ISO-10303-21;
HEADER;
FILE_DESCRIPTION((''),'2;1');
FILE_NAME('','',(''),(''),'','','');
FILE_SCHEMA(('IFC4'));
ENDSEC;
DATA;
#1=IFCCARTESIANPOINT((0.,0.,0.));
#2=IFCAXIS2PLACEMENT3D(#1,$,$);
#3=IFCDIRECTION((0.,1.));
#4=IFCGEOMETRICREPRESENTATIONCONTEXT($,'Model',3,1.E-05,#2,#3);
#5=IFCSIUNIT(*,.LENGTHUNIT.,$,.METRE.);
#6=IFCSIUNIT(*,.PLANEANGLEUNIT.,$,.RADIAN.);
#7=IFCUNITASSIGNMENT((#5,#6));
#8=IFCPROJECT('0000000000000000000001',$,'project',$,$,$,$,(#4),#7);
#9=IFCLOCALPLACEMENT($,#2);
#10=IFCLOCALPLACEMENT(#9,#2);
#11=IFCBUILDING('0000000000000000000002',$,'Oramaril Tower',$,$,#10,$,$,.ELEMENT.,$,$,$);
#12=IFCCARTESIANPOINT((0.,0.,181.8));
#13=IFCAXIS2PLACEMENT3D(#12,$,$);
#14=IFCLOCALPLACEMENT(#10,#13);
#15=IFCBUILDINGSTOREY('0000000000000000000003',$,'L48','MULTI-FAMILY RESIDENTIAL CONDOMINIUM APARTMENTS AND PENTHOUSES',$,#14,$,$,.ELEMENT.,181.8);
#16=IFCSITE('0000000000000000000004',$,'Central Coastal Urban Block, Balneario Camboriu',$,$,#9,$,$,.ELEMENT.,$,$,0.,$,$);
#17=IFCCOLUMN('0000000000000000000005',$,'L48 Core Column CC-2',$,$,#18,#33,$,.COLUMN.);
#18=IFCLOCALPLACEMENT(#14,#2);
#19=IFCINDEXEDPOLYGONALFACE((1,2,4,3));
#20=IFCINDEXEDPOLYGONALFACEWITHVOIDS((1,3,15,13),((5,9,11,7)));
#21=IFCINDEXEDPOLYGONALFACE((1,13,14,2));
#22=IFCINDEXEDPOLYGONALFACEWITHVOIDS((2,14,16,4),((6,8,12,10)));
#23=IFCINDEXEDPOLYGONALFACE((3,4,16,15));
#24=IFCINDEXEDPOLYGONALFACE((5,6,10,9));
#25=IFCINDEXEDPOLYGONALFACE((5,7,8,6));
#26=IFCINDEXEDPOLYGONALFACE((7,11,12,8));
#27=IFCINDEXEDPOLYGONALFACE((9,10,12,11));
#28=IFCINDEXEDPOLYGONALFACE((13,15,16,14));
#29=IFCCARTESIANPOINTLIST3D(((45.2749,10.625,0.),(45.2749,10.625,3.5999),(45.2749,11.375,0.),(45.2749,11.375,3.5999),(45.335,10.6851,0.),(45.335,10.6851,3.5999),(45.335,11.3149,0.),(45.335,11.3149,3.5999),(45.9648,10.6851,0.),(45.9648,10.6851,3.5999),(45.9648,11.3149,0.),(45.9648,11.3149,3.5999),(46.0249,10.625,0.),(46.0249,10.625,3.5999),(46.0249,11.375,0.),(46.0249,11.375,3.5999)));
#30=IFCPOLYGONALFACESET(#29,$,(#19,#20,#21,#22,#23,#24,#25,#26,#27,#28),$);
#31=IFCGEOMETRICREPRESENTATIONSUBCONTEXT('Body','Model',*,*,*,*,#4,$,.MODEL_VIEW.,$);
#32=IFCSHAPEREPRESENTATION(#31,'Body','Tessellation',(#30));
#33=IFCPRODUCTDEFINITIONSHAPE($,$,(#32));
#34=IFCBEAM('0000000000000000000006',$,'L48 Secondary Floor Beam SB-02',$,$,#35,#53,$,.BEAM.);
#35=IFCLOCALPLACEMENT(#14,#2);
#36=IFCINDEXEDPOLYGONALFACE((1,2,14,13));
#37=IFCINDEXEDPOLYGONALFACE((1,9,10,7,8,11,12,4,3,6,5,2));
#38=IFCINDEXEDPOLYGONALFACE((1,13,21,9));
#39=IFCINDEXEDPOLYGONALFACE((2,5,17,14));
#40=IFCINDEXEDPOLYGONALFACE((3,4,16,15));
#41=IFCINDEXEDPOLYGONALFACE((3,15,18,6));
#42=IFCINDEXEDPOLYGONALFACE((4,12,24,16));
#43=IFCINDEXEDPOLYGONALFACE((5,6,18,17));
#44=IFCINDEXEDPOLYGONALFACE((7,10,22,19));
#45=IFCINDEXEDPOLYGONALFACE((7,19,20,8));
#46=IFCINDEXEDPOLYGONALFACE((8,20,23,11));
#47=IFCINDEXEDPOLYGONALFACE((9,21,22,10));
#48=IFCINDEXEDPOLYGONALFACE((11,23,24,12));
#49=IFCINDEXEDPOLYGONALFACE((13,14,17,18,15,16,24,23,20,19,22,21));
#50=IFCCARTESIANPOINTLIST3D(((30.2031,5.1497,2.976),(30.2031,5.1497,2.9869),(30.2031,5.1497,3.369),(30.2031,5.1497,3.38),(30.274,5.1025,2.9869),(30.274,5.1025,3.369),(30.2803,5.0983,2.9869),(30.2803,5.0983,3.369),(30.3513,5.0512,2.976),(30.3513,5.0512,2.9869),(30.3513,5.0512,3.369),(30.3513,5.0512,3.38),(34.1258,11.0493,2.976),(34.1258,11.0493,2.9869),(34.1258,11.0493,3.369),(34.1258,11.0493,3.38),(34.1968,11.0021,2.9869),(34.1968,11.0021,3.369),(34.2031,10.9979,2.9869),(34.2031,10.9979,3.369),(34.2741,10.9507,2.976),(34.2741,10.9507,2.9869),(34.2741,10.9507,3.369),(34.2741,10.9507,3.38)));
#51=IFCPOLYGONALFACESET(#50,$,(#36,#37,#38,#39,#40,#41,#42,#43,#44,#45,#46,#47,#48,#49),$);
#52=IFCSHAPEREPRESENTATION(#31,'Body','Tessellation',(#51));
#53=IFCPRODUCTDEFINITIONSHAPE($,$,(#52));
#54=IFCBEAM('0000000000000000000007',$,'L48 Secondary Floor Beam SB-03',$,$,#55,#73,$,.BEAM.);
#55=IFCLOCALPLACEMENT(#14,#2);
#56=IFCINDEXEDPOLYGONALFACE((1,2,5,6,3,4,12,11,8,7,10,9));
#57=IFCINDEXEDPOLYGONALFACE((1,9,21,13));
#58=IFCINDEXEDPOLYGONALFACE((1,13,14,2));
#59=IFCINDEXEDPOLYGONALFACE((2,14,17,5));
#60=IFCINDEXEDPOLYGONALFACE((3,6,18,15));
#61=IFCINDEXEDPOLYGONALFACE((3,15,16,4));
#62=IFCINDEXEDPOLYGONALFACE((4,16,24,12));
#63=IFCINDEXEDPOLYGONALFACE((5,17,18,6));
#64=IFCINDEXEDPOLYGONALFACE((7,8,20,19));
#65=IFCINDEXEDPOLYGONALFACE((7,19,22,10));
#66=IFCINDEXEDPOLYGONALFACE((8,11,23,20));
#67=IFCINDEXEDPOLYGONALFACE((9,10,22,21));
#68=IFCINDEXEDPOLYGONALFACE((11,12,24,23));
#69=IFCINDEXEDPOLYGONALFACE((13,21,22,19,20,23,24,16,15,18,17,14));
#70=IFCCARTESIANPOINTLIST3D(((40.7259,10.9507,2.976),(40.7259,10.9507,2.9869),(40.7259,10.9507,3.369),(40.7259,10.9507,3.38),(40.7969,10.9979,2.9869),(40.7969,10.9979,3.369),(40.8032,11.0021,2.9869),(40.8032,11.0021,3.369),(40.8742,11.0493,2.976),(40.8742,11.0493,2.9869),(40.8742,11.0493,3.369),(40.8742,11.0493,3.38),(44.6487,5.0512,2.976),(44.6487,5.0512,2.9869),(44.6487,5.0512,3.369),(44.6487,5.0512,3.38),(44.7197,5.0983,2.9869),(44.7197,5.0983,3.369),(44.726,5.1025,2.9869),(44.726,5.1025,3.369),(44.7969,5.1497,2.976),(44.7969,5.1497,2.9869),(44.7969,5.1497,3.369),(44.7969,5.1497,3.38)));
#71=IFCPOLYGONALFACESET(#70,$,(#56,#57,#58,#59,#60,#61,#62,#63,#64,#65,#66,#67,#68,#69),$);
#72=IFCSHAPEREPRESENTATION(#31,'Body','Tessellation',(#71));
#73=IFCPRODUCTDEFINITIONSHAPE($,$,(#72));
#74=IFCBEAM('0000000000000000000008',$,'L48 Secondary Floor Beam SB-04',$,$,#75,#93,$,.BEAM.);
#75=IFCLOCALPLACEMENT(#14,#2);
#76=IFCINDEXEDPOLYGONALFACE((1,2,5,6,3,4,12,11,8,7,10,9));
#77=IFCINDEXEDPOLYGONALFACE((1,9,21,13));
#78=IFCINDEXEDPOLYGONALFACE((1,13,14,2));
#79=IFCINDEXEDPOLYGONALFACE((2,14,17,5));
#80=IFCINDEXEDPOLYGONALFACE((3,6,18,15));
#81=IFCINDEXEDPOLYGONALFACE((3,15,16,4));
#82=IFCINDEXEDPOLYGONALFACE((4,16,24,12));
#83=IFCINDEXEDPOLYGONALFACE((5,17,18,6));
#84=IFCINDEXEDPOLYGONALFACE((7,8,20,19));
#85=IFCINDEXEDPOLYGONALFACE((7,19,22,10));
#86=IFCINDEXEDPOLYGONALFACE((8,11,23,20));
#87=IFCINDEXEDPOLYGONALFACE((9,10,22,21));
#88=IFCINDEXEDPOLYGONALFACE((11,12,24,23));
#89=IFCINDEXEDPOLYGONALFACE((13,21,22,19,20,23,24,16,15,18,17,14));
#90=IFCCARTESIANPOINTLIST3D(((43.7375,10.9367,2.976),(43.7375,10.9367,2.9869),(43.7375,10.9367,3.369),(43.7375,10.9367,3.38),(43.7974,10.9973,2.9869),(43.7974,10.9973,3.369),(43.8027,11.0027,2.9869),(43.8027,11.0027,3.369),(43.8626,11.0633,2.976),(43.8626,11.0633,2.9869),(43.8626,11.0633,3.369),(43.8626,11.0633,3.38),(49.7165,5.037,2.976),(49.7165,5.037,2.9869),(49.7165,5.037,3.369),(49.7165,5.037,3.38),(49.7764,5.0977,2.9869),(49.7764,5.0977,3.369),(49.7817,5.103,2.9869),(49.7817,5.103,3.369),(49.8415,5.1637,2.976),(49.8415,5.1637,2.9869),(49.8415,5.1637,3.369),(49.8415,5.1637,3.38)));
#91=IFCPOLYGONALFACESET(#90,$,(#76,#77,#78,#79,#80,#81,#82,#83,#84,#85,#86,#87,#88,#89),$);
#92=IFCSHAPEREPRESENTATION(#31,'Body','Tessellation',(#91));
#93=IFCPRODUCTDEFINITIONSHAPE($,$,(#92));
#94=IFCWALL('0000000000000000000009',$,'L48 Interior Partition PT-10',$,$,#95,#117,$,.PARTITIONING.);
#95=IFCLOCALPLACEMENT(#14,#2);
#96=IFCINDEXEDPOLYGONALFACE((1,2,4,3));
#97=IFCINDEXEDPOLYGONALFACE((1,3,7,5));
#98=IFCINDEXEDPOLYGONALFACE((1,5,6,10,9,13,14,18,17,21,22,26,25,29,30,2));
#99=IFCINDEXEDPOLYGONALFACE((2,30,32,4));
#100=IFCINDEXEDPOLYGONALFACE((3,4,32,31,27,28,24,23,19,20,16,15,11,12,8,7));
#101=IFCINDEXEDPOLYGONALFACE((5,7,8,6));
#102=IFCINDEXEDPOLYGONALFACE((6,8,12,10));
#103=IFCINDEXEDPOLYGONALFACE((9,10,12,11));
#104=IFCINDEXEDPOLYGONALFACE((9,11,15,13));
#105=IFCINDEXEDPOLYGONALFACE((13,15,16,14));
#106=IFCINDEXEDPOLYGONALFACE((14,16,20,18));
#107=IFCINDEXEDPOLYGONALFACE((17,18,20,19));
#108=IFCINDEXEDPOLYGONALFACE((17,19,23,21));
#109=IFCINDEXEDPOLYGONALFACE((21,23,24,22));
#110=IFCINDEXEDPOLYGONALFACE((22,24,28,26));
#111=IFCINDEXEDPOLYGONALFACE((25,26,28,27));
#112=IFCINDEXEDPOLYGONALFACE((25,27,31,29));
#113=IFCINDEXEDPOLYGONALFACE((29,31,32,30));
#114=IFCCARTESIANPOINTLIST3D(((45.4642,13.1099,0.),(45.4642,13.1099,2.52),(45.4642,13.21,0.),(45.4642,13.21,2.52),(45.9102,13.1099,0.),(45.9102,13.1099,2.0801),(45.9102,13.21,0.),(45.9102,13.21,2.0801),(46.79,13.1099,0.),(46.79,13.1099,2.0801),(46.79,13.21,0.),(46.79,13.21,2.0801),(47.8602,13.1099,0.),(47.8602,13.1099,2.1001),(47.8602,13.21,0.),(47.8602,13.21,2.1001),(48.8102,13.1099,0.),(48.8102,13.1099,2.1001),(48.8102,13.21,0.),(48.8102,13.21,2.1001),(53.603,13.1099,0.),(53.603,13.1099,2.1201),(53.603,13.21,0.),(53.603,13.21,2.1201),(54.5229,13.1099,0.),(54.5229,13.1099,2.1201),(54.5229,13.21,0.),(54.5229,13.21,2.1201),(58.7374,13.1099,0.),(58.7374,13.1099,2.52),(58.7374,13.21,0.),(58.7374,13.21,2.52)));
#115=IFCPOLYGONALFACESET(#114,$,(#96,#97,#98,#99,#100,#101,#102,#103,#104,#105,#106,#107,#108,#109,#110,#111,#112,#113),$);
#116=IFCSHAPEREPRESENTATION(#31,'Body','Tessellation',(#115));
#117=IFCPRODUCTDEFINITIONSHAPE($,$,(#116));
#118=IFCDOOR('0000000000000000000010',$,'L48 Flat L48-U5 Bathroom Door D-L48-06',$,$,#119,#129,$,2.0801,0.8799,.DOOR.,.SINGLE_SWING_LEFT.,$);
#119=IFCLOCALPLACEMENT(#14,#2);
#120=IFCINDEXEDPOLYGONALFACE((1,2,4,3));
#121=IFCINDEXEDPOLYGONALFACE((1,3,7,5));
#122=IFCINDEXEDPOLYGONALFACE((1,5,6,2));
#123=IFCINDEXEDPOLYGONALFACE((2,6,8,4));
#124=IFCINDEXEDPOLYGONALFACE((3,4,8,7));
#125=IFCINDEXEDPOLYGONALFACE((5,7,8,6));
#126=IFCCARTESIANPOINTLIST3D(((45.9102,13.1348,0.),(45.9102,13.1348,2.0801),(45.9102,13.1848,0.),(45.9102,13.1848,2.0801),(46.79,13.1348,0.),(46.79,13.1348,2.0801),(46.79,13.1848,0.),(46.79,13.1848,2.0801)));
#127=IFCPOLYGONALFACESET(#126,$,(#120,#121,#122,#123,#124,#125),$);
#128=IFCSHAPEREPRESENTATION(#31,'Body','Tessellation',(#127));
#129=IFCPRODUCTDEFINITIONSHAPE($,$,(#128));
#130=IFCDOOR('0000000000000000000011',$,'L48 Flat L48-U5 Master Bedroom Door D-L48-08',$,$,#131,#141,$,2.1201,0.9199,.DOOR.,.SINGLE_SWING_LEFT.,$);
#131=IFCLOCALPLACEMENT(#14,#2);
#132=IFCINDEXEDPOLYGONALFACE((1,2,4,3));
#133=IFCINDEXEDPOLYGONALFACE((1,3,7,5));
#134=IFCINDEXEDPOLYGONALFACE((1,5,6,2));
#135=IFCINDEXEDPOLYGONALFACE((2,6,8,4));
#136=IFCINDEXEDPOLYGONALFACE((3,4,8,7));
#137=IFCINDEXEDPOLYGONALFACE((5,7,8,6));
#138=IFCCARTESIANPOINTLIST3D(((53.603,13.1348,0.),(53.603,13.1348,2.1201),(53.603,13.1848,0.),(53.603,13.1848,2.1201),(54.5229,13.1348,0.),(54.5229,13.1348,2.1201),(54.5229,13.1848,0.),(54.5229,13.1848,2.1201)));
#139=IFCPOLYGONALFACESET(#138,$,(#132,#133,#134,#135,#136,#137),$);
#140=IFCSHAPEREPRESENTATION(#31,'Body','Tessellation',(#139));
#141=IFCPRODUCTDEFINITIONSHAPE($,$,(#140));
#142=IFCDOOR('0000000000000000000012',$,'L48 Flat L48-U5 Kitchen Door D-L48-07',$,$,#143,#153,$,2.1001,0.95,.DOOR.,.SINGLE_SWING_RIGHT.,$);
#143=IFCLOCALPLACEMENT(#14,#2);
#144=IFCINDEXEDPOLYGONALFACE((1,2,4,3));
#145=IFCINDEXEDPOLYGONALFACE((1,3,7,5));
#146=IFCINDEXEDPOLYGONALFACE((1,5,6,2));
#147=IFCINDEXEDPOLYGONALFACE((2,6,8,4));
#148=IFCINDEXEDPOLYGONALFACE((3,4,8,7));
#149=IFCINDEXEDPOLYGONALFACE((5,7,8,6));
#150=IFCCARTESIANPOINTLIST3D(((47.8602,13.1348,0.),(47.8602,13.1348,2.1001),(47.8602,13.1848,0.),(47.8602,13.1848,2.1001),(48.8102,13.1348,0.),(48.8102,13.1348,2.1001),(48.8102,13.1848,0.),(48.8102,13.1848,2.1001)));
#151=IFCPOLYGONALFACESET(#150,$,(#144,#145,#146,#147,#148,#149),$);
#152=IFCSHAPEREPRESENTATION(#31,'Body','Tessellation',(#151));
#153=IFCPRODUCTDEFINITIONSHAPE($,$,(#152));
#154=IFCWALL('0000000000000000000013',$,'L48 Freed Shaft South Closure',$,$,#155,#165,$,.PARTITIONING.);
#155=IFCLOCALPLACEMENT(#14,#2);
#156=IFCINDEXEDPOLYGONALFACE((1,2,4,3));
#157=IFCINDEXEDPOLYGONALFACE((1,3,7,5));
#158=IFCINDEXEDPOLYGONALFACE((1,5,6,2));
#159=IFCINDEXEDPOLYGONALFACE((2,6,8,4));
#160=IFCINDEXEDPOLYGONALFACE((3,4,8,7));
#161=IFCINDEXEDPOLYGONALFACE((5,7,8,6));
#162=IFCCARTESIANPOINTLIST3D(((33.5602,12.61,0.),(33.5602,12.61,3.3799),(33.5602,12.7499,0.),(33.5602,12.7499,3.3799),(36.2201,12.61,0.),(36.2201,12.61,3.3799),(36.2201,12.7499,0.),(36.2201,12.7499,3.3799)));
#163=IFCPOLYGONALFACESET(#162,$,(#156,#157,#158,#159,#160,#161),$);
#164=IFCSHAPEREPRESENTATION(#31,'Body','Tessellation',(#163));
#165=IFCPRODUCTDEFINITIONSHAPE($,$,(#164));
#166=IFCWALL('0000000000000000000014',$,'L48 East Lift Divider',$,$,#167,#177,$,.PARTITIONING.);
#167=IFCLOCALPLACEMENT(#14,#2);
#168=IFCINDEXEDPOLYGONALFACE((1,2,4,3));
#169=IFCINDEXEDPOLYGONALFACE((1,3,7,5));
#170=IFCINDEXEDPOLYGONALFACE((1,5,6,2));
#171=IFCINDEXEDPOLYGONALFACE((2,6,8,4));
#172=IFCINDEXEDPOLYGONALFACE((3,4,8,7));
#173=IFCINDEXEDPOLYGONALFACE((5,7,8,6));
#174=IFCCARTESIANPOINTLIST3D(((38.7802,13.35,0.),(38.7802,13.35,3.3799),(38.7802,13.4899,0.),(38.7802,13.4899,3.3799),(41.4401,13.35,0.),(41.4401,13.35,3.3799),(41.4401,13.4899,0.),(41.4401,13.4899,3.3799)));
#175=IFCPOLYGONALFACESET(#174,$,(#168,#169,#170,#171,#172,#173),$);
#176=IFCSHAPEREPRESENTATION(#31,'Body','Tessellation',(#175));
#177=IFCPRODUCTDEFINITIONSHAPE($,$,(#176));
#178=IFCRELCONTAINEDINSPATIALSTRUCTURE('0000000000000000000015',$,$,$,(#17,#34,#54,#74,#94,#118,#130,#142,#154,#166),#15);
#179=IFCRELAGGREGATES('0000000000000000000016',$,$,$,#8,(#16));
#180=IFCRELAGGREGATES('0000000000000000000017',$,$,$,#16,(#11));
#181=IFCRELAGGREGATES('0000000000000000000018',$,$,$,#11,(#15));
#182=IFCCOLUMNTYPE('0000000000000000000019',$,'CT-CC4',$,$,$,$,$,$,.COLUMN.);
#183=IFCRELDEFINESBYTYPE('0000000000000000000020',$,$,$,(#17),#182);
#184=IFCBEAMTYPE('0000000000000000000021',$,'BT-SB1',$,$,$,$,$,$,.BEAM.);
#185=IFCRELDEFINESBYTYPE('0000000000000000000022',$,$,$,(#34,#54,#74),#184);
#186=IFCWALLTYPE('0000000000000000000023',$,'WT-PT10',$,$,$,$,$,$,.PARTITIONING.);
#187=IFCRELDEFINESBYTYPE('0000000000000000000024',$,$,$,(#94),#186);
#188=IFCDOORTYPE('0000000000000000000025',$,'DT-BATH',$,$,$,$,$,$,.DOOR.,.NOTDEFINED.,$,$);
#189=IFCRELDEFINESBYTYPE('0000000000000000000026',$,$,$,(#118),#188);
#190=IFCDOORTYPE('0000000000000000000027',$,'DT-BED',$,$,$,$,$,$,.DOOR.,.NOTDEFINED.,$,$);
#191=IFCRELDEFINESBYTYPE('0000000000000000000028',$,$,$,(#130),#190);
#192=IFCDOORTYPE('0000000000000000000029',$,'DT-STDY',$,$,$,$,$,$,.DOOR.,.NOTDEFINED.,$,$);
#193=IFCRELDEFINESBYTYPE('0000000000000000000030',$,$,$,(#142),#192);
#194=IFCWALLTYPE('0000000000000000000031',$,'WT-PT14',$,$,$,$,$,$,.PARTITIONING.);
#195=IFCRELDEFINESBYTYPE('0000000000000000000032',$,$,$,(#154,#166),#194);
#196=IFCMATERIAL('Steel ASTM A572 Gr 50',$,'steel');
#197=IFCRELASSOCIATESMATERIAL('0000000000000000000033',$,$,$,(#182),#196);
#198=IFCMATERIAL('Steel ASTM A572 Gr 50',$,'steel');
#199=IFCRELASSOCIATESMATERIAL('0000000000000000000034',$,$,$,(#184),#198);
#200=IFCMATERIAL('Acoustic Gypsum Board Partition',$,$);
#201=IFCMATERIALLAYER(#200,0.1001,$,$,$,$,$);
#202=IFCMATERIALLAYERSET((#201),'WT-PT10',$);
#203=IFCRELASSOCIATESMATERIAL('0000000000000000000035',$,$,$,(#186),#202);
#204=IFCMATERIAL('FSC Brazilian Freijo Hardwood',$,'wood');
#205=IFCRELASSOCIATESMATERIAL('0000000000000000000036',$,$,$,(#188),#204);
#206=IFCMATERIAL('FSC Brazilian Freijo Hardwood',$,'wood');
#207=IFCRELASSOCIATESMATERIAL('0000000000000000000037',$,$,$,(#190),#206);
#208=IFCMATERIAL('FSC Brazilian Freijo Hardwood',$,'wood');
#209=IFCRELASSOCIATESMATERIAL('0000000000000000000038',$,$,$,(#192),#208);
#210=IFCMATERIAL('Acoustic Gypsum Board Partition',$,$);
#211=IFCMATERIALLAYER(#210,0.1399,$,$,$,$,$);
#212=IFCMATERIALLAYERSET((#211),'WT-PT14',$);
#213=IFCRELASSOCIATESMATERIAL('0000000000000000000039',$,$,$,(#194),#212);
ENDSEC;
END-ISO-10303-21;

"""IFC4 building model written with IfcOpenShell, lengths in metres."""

from ifc_helpers import new_model, si_unit, direction, frame, frame_2d, origin, origin_2d, place, context, subcontext, project, spatial, rectangle, hollow_rectangle, i_section, extrude, material, layer, layer_set, material_profile, profile_set, type_object, element, fill, save


model = new_model("IFC4")

# Units and contexts
model_context = context("Model", 3, precision=1e-05, world=origin(), true_north=direction((0.0, 1.0)))
body_context = subcontext(model_context, "Body", "Model", "MODEL_VIEW")
ifc_project = project(units=[si_unit("LENGTHUNIT", "METRE"), si_unit("PLANEANGLEUNIT", "RADIAN")], contexts=[model_context])

# Site, building, storey
site_placement = place(None, origin())
site = spatial("IfcSite", under=ifc_project, at=site_placement, Name="Central Coastal Urban Block, Balneario Camboriu", CompositionType="ELEMENT", RefElevation=0.0)
building_placement = place(site_placement, origin())
building = spatial("IfcBuilding", under=site, at=building_placement, Name="Oramaril Tower", CompositionType="ELEMENT")
storey_placement = place(building_placement, frame((0.0, 0.0, 181.8)))
storey = spatial("IfcBuildingStorey", under=building, at=storey_placement, Name="L48", Description="MULTI-FAMILY RESIDENTIAL CONDOMINIUM APARTMENTS AND PENTHOUSES", CompositionType="ELEMENT", Elevation=181.8)

# Column
ifc_material_1 = material(Name="Steel ASTM A572 Gr 50", Category="steel")
ifc_material_profile_1 = material_profile(ifc_material_1, hollow_rectangle(XDim=0.75, YDim=0.75, WallThickness=0.0601, at=origin_2d()), Name="BOX750X750X60")
ifc_profile_set_1 = profile_set([ifc_material_profile_1], Name="Steel ASTM A572 Gr 50")
column_type = type_object("IfcColumnType", Name="CT-CC4", PredefinedType="COLUMN", material=ifc_profile_set_1)
column_placement = place(storey_placement, frame((45.6499, 11.0, 0.0), z_axis=(0.0, 0.0, 1.0), x_axis=(1.0, 0.0, 0.0)))
element("IfcColumn", 1, at=column_placement, inside=storey, type_object=column_type, Name="L48 Core Column CC-2", PredefinedType="COLUMN", context=body_context, shape_type="SweptSolid", body=[
    extrude(hollow_rectangle(XDim=0.75, YDim=0.75, WallThickness=0.0601, at=origin_2d()), origin(), (0.0, 0.0, 1.0), 3.5999),
])

# Beams
ifc_material_2 = material(Name="Steel ASTM A572 Gr 50", Category="steel")
ifc_material_profile_2 = material_profile(ifc_material_2, i_section(OverallWidth=0.178, OverallDepth=0.4041, WebThickness=0.0076, FlangeThickness=0.011, at=origin_2d()), Name="W16X36")
ifc_profile_set_2 = profile_set([ifc_material_profile_2], Name="Steel ASTM A572 Gr 50")
beam_type = type_object("IfcBeamType", Name="BT-SB1", PredefinedType="BEAM", material=ifc_profile_set_2)
for number, where, z_axis, x_axis, name in (
    (2, (34.2, 11.0, 3.178), (-0.553698, -0.832718, 0.0), (0.832718, -0.553698, 0.0), "L48 Secondary Floor Beam SB-02"),
    (3, (40.8, 11.0, 3.178), (0.553698, -0.832718, 0.0), (0.832718, 0.553698, 0.0), "L48 Secondary Floor Beam SB-03"),
):
    element("IfcBeam", number, at=place(storey_placement, frame(where, z_axis=z_axis, x_axis=x_axis)), inside=storey, type_object=beam_type, Name=name, PredefinedType="BEAM", context=body_context, shape_type="SweptSolid", body=[
        extrude(i_section(OverallWidth=0.178, OverallDepth=0.4041, WebThickness=0.0076, FlangeThickness=0.011, at=origin_2d()), origin(), (0.0, 0.0, 1.0), 7.0847),
    ])
beam_placement = place(storey_placement, frame((43.8, 11.0, 3.178), z_axis=(0.711814, -0.702368, 0.0), x_axis=(0.702368, 0.711814, 0.0)))
element("IfcBeam", 4, at=beam_placement, inside=storey, type_object=beam_type, Name="L48 Secondary Floor Beam SB-04", PredefinedType="BEAM", context=body_context, shape_type="SweptSolid", body=[
    extrude(i_section(OverallWidth=0.178, OverallDepth=0.4041, WebThickness=0.0076, FlangeThickness=0.011, at=origin_2d()), origin(), (0.0, 0.0, 1.0), 8.3997),
])

# Wall, openings, doors
ifc_material_3 = material(Name="Acoustic Gypsum Board Partition")
ifc_layer_1 = layer(ifc_material_3, 0.1001)
ifc_layer_set_1 = layer_set([ifc_layer_1], Name="WT-PT10")
wall_type_1 = type_object("IfcWallType", Name="WT-PT10", PredefinedType="PARTITIONING", material=ifc_layer_set_1)
wall_1_placement = place(storey_placement, frame((45.4641, 13.1599, 0.0), z_axis=(0.0, 0.0, 1.0), x_axis=(1.0, 0.0, 0.0)))
wall_1 = element("IfcWall", 5, at=wall_1_placement, inside=storey, type_object=wall_type_1, Name="L48 Interior Partition PT-10", PredefinedType="PARTITIONING", context=body_context, shape_type="SweptSolid", body=[
    extrude(rectangle(XDim=13.2732, YDim=0.1001, at=frame_2d((6.6367, 0.0))), origin(), (0.0, 0.0, 1.0), 2.52),
])
opening_1_placement = place(wall_1_placement, frame((0.446, 0.0, 0.0)))
opening_1 = element("IfcOpeningElement", 6, at=opening_1_placement, cuts=wall_1, PredefinedType="OPENING", context=body_context, shape_type="SweptSolid", body=[
    extrude(rectangle(XDim=0.8799, YDim=2.0801, at=frame_2d((0.4399, 1.04))), frame((0.0, 0.05, 0.0), z_axis=(0.0, -1.0, 0.0), x_axis=(1.0, 0.0, 0.0)), (0.0, 0.0, 1.0), 0.1001),
])
opening_2_placement = place(wall_1_placement, frame((2.396, 0.0, 0.0)))
opening_2 = element("IfcOpeningElement", 7, at=opening_2_placement, cuts=wall_1, PredefinedType="OPENING", context=body_context, shape_type="SweptSolid", body=[
    extrude(rectangle(XDim=0.95, YDim=2.1001, at=frame_2d((0.4751, 1.05))), frame((0.0, 0.05, 0.0), z_axis=(0.0, -1.0, 0.0), x_axis=(1.0, 0.0, 0.0)), (0.0, 0.0, 1.0), 0.1001),
])
opening_3_placement = place(wall_1_placement, frame((8.1389, 0.0, 0.0)))
opening_3 = element("IfcOpeningElement", 8, at=opening_3_placement, cuts=wall_1, PredefinedType="OPENING", context=body_context, shape_type="SweptSolid", body=[
    extrude(rectangle(XDim=0.9199, YDim=2.1201, at=frame_2d((0.46, 1.0601))), frame((0.0, 0.05, 0.0), z_axis=(0.0, -1.0, 0.0), x_axis=(1.0, 0.0, 0.0)), (0.0, 0.0, 1.0), 0.1001),
])
ifc_material_4 = material(Name="FSC Brazilian Freijo Hardwood", Category="wood")
door_type_1 = type_object("IfcDoorType", Name="DT-BATH", OperationType="NOTDEFINED", PredefinedType="DOOR", material=ifc_material_4)
door_1_placement = place(opening_1_placement, origin())
door_1 = element("IfcDoor", 9, at=door_1_placement, inside=storey, type_object=door_type_1, Name="L48 Flat L48-U5 Bathroom Door D-L48-06", OperationType="SINGLE_SWING_LEFT", OverallHeight=2.0801, OverallWidth=0.8799, PredefinedType="DOOR", context=body_context, shape_type="SweptSolid", body=[
    extrude(rectangle(XDim=0.8799, YDim=2.0801, at=frame_2d((0.4399, 1.04))), frame((0.0, 0.0249, 0.0), z_axis=(0.0, -1.0, 0.0), x_axis=(1.0, 0.0, 0.0)), (0.0, 0.0, 1.0), 0.05),
])
fill(opening_1, door_1)
ifc_material_5 = material(Name="FSC Brazilian Freijo Hardwood", Category="wood")
door_type_2 = type_object("IfcDoorType", Name="DT-BED", OperationType="NOTDEFINED", PredefinedType="DOOR", material=ifc_material_5)
door_2_placement = place(opening_3_placement, origin())
door_2 = element("IfcDoor", 10, at=door_2_placement, inside=storey, type_object=door_type_2, Name="L48 Flat L48-U5 Master Bedroom Door D-L48-08", OperationType="SINGLE_SWING_LEFT", OverallHeight=2.1201, OverallWidth=0.9199, PredefinedType="DOOR", context=body_context, shape_type="SweptSolid", body=[
    extrude(rectangle(XDim=0.9199, YDim=2.1201, at=frame_2d((0.46, 1.0601))), frame((0.0, 0.0249, 0.0), z_axis=(0.0, -1.0, 0.0), x_axis=(1.0, 0.0, 0.0)), (0.0, 0.0, 1.0), 0.05),
])
fill(opening_3, door_2)
ifc_material_6 = material(Name="FSC Brazilian Freijo Hardwood", Category="wood")
door_type_3 = type_object("IfcDoorType", Name="DT-STDY", OperationType="NOTDEFINED", PredefinedType="DOOR", material=ifc_material_6)
door_3_placement = place(opening_2_placement, origin())
door_3 = element("IfcDoor", 11, at=door_3_placement, inside=storey, type_object=door_type_3, Name="L48 Flat L48-U5 Kitchen Door D-L48-07", OperationType="SINGLE_SWING_RIGHT", OverallHeight=2.1001, OverallWidth=0.95, PredefinedType="DOOR", context=body_context, shape_type="SweptSolid", body=[
    extrude(rectangle(XDim=0.95, YDim=2.1001, at=frame_2d((0.4751, 1.05))), frame((0.0, 0.0249, 0.0), z_axis=(0.0, -1.0, 0.0), x_axis=(1.0, 0.0, 0.0)), (0.0, 0.0, 1.0), 0.05),
])
fill(opening_2, door_3)

# Walls
ifc_material_7 = material(Name="Acoustic Gypsum Board Partition")
ifc_layer_2 = layer(ifc_material_7, 0.1399)
ifc_layer_set_2 = layer_set([ifc_layer_2], Name="WT-PT14")
wall_type_2 = type_object("IfcWallType", Name="WT-PT14", PredefinedType="PARTITIONING", material=ifc_layer_set_2)
for number, where, z_axis, x_axis, name in (
    (12, (33.5601, 12.6799, 0.0), (0.0, 0.0, 1.0), (1.0, 0.0, 0.0), "L48 Freed Shaft South Closure"),
    (13, (38.78, 13.4199, 0.0), (0.0, 0.0, 1.0), (1.0, 0.0, 0.0), "L48 East Lift Divider"),
):
    element("IfcWall", number, at=place(storey_placement, frame(where, z_axis=z_axis, x_axis=x_axis)), inside=storey, type_object=wall_type_2, Name=name, PredefinedType="PARTITIONING", context=body_context, shape_type="SweptSolid", body=[
        extrude(rectangle(XDim=2.6599, YDim=0.1399, at=frame_2d((1.3301, 0.0))), origin(), (0.0, 0.0, 1.0), 3.3799),
    ])

save(model, "model.ifc")
